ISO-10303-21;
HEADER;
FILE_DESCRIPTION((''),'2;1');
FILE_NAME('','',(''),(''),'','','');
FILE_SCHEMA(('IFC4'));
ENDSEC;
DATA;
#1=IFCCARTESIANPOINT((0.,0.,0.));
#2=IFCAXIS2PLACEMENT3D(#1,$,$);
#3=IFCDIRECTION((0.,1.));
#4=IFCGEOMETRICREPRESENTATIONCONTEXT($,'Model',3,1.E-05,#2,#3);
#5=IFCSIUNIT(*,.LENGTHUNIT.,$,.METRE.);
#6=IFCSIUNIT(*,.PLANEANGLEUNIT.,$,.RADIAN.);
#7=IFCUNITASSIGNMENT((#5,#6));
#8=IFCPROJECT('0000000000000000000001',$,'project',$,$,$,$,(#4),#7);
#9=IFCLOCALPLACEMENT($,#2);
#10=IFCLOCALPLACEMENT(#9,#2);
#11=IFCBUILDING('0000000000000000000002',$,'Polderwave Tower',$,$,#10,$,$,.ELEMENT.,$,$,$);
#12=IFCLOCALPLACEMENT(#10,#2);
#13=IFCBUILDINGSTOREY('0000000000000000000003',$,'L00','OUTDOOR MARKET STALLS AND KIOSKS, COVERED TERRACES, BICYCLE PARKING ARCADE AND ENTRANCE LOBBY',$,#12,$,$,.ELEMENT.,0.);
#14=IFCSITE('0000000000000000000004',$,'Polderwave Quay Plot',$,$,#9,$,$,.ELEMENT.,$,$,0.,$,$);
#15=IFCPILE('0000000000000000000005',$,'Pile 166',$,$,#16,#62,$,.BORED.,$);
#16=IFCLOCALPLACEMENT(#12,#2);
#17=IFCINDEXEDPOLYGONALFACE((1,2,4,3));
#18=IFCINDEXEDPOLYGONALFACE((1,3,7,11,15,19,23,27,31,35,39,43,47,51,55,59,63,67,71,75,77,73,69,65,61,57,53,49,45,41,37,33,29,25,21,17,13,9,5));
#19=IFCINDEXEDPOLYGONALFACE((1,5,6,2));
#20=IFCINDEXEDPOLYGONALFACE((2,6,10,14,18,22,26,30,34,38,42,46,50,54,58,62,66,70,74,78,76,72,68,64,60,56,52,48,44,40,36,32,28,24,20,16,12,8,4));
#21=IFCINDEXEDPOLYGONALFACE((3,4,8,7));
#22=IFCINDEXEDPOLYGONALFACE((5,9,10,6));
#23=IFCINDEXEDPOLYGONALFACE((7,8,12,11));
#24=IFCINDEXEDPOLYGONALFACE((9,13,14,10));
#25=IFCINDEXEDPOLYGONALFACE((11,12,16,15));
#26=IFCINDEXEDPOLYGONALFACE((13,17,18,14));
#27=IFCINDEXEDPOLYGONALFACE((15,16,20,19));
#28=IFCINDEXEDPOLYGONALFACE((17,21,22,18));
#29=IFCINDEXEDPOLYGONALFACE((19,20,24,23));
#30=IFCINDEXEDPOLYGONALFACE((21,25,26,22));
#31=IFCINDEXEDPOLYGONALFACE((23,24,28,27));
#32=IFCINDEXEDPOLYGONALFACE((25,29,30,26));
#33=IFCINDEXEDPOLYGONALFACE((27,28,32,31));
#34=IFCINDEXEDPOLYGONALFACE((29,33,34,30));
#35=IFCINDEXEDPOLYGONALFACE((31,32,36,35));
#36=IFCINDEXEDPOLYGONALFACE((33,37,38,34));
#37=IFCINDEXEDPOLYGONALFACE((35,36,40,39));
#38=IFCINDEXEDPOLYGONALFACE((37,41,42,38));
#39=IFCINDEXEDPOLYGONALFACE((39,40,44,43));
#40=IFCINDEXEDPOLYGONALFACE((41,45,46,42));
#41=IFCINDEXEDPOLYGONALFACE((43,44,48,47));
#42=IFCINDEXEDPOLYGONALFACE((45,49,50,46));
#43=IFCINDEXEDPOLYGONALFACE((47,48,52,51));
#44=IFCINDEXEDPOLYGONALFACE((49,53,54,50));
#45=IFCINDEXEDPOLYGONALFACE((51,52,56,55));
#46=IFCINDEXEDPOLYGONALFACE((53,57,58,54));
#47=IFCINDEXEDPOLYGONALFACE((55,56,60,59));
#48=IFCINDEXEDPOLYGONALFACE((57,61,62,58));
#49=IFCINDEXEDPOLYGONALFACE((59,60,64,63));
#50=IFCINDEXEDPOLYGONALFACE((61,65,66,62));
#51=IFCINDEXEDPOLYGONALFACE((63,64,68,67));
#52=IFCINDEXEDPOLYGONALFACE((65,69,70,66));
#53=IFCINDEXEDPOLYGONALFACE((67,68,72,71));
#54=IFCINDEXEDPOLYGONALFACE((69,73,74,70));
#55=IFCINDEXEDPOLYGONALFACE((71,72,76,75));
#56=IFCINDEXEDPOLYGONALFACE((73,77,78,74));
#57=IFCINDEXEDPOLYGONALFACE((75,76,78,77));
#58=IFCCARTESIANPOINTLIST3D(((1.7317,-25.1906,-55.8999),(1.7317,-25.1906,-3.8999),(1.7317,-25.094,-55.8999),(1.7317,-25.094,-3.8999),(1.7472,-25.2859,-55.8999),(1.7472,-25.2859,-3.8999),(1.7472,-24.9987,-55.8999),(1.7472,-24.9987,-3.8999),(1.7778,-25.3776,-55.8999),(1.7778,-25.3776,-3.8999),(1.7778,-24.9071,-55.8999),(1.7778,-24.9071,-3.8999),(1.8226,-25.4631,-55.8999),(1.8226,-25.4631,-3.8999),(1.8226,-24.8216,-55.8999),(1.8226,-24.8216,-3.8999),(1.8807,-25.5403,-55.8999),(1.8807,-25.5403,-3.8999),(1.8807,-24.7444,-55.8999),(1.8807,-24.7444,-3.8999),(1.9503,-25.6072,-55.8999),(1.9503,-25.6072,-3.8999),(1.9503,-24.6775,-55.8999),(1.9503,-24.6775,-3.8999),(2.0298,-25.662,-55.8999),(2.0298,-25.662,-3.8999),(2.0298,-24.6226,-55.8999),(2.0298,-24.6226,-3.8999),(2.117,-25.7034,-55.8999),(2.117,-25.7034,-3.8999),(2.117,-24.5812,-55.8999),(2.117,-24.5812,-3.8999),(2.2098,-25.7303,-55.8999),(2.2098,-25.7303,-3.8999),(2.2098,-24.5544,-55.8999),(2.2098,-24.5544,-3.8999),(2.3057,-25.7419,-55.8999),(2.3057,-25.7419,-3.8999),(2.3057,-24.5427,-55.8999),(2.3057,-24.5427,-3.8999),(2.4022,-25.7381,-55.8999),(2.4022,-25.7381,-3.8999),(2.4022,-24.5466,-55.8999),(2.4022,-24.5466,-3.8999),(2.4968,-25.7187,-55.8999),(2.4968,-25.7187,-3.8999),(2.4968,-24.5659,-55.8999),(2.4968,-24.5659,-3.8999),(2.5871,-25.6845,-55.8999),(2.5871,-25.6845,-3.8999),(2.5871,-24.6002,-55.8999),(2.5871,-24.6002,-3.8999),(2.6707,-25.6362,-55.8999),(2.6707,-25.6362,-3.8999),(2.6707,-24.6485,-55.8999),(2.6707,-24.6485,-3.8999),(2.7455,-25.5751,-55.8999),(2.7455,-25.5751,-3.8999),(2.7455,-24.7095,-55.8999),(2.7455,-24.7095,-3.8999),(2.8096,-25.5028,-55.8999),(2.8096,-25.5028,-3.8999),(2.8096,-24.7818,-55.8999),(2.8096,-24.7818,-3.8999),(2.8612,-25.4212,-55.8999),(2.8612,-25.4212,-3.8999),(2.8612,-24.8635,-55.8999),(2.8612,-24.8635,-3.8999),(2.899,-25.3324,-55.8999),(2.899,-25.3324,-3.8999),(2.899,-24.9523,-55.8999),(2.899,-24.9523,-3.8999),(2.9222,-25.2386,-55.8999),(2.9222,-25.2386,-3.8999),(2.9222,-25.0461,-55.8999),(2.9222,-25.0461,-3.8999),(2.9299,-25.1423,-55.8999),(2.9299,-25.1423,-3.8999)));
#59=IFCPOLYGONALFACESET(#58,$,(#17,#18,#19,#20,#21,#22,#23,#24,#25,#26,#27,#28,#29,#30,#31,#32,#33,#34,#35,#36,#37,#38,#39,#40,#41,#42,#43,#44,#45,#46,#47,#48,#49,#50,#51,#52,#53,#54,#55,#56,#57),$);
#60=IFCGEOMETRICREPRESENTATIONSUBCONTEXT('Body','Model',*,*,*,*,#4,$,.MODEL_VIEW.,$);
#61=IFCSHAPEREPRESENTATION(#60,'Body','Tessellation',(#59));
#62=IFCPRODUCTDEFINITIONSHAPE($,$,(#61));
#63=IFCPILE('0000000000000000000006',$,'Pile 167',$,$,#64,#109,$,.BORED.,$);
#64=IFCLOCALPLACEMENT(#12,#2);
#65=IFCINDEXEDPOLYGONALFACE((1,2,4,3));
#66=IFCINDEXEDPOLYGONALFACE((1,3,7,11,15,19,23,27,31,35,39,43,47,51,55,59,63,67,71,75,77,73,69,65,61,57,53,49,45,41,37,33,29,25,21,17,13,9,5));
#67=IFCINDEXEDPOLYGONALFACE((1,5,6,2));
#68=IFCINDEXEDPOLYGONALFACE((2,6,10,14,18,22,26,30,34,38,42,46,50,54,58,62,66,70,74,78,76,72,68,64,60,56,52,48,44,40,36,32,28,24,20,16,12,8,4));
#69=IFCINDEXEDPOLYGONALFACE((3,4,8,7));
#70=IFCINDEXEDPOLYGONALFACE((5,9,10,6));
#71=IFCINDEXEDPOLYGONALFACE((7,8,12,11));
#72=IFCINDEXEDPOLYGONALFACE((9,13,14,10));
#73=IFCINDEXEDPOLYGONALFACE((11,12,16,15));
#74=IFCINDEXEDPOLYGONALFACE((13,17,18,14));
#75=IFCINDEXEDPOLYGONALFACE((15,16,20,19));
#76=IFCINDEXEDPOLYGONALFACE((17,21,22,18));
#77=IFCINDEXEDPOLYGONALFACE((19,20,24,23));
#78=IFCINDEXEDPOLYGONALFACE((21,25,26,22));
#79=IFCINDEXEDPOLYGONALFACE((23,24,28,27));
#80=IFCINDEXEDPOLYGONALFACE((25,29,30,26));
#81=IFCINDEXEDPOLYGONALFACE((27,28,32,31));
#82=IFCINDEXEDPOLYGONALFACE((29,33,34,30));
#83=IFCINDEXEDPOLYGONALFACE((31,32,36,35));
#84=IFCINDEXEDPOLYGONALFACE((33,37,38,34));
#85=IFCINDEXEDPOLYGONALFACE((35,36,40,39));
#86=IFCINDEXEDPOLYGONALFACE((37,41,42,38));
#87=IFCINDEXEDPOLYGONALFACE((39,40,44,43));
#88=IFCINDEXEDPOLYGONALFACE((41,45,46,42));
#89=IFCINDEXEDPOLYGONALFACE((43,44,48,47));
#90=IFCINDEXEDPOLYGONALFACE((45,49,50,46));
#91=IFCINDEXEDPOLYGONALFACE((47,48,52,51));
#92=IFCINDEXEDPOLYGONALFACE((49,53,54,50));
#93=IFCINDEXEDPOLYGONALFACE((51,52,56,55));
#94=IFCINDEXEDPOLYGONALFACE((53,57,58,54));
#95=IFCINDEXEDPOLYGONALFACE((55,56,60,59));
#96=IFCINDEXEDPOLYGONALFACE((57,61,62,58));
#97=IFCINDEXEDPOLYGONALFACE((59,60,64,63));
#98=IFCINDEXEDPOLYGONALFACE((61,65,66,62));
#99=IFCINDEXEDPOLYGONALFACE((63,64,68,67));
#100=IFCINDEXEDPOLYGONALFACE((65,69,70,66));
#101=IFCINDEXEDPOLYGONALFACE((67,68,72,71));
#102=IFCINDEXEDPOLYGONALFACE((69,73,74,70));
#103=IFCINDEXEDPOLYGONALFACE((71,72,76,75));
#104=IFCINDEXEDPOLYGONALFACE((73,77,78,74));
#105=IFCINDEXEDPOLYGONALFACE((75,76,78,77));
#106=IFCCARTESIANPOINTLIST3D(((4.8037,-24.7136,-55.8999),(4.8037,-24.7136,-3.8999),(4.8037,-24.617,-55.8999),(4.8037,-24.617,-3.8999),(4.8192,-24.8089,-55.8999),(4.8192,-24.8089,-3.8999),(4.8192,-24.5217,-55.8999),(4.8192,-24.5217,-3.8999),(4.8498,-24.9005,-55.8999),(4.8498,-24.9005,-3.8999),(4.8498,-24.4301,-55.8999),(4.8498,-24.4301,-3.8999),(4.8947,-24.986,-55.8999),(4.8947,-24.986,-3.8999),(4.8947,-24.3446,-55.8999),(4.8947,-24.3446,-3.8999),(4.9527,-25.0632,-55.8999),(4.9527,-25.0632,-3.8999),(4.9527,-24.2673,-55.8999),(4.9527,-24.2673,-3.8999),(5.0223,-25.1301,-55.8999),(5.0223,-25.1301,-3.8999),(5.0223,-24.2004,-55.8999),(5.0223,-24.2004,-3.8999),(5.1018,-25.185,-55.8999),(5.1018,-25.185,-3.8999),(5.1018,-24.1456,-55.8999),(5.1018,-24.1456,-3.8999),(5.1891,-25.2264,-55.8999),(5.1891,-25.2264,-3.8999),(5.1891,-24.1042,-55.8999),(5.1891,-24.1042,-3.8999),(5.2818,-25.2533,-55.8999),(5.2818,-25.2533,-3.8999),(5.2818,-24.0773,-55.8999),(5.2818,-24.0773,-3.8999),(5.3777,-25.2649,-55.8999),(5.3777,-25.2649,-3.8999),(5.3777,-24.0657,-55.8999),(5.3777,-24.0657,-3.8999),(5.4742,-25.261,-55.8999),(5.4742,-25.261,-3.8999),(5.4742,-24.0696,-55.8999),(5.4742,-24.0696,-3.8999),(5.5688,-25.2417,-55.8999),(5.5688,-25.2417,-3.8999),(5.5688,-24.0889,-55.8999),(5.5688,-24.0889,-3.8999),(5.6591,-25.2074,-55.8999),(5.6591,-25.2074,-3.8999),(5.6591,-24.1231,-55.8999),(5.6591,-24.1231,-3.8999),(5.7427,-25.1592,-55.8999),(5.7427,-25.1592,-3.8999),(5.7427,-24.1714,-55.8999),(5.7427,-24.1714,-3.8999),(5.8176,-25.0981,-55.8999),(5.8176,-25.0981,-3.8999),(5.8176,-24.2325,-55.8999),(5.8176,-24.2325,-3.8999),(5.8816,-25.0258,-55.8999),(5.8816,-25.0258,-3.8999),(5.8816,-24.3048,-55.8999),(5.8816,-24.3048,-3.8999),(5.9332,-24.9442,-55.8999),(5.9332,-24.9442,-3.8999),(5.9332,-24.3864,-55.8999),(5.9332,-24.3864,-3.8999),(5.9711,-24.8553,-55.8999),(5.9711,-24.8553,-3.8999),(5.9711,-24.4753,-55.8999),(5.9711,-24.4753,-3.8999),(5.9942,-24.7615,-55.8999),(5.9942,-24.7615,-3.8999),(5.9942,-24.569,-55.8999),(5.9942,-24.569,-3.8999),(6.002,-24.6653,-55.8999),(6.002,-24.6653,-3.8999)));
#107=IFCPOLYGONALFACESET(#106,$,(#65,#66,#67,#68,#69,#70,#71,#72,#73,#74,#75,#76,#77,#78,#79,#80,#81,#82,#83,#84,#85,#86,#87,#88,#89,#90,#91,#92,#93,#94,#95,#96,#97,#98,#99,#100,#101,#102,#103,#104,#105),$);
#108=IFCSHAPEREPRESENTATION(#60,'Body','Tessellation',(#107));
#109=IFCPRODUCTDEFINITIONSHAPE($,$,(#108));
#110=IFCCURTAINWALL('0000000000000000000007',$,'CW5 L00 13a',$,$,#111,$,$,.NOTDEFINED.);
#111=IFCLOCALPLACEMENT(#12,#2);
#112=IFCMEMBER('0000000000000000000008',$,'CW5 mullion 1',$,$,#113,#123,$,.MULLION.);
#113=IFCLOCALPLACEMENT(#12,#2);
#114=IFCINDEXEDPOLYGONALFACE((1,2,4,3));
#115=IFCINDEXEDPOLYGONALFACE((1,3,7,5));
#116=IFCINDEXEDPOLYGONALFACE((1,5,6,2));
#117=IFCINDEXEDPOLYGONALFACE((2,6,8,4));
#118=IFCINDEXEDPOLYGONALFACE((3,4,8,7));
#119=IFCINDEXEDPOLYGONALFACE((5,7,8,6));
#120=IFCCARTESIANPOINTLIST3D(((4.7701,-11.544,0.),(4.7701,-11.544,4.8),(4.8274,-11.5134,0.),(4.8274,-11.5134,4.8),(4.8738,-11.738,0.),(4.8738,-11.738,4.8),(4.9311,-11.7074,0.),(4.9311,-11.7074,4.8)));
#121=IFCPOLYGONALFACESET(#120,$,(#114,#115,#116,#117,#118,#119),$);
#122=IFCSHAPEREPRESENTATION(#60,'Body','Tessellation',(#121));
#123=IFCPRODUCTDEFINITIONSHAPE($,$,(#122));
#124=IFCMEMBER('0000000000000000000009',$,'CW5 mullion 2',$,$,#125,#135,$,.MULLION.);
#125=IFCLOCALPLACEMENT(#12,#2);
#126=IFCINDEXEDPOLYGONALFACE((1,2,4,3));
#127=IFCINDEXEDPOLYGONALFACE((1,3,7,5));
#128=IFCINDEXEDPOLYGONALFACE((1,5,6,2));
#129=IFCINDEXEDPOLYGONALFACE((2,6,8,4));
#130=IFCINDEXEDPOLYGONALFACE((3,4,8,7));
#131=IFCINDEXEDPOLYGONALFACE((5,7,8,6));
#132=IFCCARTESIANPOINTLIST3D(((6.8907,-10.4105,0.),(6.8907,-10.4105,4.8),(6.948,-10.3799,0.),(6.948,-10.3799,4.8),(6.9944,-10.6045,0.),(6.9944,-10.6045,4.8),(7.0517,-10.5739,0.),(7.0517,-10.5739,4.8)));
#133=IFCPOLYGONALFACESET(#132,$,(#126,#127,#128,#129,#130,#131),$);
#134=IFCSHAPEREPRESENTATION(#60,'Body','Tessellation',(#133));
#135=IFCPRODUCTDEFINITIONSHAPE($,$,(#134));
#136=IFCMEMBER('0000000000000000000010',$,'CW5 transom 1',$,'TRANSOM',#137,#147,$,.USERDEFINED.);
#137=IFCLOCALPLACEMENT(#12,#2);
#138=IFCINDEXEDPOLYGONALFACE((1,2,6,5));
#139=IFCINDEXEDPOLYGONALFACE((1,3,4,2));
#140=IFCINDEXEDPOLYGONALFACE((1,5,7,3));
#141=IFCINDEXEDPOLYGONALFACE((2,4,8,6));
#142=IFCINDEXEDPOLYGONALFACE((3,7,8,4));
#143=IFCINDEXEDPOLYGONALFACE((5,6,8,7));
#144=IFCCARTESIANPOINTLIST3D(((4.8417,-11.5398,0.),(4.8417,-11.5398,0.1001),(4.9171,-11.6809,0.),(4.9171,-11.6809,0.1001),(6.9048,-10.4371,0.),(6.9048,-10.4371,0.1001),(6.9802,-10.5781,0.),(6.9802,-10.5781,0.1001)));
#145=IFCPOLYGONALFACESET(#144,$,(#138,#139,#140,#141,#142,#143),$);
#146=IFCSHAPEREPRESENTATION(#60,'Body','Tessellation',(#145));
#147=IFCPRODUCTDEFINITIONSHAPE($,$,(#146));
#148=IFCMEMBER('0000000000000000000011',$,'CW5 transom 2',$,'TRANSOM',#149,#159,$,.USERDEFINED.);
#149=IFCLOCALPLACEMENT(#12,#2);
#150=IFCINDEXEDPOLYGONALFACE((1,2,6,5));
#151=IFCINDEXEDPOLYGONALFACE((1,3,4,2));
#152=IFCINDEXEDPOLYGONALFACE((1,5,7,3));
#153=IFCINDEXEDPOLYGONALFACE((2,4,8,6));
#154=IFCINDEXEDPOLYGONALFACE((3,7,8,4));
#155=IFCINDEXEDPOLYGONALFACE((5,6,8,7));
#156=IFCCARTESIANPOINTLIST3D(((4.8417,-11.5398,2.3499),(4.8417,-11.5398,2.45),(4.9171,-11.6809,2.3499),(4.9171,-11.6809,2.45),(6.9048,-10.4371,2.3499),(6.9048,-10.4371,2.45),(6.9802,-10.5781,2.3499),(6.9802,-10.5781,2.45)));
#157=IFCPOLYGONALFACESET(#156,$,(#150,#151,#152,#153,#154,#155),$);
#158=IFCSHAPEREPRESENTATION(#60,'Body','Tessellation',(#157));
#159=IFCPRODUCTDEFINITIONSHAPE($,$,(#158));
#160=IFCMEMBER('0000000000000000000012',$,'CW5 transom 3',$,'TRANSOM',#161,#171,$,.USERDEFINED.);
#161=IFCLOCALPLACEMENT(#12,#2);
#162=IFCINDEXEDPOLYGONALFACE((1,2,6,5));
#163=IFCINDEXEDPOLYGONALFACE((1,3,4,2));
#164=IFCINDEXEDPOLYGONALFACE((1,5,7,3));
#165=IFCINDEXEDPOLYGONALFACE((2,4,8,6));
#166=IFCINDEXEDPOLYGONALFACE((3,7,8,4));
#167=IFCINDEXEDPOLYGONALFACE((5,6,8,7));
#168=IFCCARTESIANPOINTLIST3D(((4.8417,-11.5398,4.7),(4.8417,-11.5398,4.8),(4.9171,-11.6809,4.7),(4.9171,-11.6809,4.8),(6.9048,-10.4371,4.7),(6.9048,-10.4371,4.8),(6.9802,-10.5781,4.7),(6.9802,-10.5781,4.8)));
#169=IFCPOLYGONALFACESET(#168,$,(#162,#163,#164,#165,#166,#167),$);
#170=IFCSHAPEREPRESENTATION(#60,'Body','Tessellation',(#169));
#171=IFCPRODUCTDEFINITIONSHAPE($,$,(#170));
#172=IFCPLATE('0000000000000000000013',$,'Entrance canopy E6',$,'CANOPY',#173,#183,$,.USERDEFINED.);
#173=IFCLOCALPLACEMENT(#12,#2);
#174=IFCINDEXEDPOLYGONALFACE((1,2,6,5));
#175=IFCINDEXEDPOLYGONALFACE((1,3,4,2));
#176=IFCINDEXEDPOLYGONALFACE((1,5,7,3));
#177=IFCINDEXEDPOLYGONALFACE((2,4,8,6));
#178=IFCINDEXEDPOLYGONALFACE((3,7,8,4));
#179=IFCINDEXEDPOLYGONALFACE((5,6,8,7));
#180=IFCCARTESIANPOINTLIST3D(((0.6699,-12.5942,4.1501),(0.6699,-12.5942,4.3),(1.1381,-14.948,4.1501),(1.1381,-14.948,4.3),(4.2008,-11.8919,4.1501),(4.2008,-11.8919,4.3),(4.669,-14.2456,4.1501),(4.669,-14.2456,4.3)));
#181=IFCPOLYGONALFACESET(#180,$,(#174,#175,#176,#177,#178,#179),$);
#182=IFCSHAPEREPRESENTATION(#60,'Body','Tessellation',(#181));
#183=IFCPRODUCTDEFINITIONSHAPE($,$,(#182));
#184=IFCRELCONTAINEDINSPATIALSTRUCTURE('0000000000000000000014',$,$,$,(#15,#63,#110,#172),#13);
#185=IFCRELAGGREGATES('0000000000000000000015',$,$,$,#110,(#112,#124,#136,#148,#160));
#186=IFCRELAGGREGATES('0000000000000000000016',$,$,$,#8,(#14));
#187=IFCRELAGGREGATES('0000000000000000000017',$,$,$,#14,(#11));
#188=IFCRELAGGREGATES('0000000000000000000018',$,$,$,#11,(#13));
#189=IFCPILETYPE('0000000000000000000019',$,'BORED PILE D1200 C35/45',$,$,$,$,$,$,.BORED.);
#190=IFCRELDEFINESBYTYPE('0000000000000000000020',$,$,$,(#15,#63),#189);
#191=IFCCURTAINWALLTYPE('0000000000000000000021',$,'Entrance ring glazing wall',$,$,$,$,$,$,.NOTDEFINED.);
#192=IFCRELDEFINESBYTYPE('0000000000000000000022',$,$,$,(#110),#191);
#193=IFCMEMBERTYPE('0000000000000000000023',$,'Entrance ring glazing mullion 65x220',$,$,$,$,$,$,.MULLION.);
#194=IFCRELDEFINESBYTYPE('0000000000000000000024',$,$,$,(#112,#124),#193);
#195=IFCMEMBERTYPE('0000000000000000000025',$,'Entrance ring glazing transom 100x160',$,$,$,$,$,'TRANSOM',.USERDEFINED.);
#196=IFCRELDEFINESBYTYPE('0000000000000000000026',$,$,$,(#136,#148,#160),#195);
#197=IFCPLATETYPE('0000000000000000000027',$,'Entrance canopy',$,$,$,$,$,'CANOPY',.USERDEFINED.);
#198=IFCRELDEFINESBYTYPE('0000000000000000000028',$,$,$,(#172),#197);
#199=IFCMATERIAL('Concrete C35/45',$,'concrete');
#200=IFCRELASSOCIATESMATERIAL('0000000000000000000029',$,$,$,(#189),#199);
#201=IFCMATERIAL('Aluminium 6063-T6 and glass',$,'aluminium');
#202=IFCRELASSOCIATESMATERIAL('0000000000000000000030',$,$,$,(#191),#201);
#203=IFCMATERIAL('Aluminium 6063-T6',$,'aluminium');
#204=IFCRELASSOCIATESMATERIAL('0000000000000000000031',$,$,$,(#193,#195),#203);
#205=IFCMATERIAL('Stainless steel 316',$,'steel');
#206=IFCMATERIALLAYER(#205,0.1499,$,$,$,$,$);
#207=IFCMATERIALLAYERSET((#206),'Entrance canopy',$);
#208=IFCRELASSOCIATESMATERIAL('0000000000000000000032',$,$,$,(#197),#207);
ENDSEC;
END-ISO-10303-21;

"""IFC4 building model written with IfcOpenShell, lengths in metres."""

from ifc_helpers import new_model, si_unit, direction, frame, origin, origin_2d, place, context, subcontext, project, spatial, rectangle, circle, extrude, material, layer, layer_set, material_profile, profile_set, type_object, element, aggregate, save


model = new_model("IFC4")

# Units and contexts
model_context = context("Model", 3, precision=1e-05, world=origin(), true_north=direction((0.0, 1.0)))
body_context = subcontext(model_context, "Body", "Model", "MODEL_VIEW")
ifc_project = project(units=[si_unit("LENGTHUNIT", "METRE"), si_unit("PLANEANGLEUNIT", "RADIAN")], contexts=[model_context])

# Site, building, storey
site_placement = place(None, origin())
site = spatial("IfcSite", under=ifc_project, at=site_placement, Name="Polderwave Quay Plot", CompositionType="ELEMENT", RefElevation=0.0)
building_placement = place(site_placement, origin())
building = spatial("IfcBuilding", under=site, at=building_placement, Name="Polderwave Tower", CompositionType="ELEMENT")
storey_placement = place(building_placement, origin())
storey = spatial("IfcBuildingStorey", under=building, at=storey_placement, Name="L00", Description="OUTDOOR MARKET STALLS AND KIOSKS, COVERED TERRACES, BICYCLE PARKING ARCADE AND ENTRANCE LOBBY", CompositionType="ELEMENT", Elevation=0.0)

# Piles
ifc_material_1 = material(Name="Concrete C35/45", Category="concrete")
ifc_material_profile_1 = material_profile(ifc_material_1, circle(Radius=0.6001, at=origin_2d()), Name="BORED D1200")
ifc_profile_set_1 = profile_set([ifc_material_profile_1], Name="Concrete C35/45")
pile_type = type_object("IfcPileType", Name="BORED PILE D1200 C35/45", PredefinedType="BORED", material=ifc_profile_set_1)
for number, where, z_axis, x_axis, name in (
    (1, (2.3298, -25.1423, -3.8999), (0.0, 0.0, -1.0), (1.0, 0.0, 0.0), "Pile 166"),
    (2, (5.4019, -24.6653, -3.8999), (0.0, 0.0, -1.0), (1.0, 0.0, 0.0), "Pile 167"),
):
    element("IfcPile", number, at=place(storey_placement, frame(where, z_axis=z_axis, x_axis=x_axis)), inside=storey, type_object=pile_type, Name=name, PredefinedType="BORED", context=body_context, shape_type="SweptSolid", body=[
        extrude(circle(Radius=0.6001, at=origin_2d()), origin(), (0.0, 0.0, 1.0), 52.0),
    ])

# Curtain wall, members
ifc_material_2 = material(Name="Aluminium 6063-T6 and glass", Category="aluminium")
curtain_wall_type = type_object("IfcCurtainWallType", Name="Entrance ring glazing wall", PredefinedType="NOTDEFINED", material=ifc_material_2)
curtain_wall_placement = place(storey_placement, origin())
curtain_wall = element("IfcCurtainWall", 3, at=curtain_wall_placement, inside=storey, type_object=curtain_wall_type, Name="CW5 L00 13a", PredefinedType="NOTDEFINED")
ifc_material_3 = material(Name="Aluminium 6063-T6", Category="aluminium")
ifc_material_profile_2 = material_profile(ifc_material_3, rectangle(XDim=0.22, YDim=0.0649, at=origin_2d()), Name="AL 65x220")
ifc_profile_set_2 = profile_set([ifc_material_profile_2], Name="Aluminium 6063-T6")
member_type_1 = type_object("IfcMemberType", Name="Entrance ring glazing mullion 65x220", PredefinedType="MULLION", material=ifc_profile_set_2)
member_1_placement = place(storey_placement, frame((4.8506, -11.6257, 0.0), z_axis=(0.0, 0.0, 1.0), x_axis=(-0.471344, 0.881949, 0.0)))
member_1 = element("IfcMember", 4, at=member_1_placement, type_object=member_type_1, Name="CW5 mullion 1", PredefinedType="MULLION", context=body_context, shape_type="SweptSolid", body=[
    extrude(rectangle(XDim=0.22, YDim=0.0649, at=origin_2d()), origin(), (0.0, 0.0, 1.0), 4.8),
])
member_2_placement = place(storey_placement, frame((6.9712, -10.4922, 0.0), z_axis=(0.0, 0.0, 1.0), x_axis=(-0.471344, 0.881949, 0.0)))
member_2 = element("IfcMember", 5, at=member_2_placement, type_object=member_type_1, Name="CW5 mullion 2", PredefinedType="MULLION", context=body_context, shape_type="SweptSolid", body=[
    extrude(rectangle(XDim=0.22, YDim=0.0649, at=origin_2d()), origin(), (0.0, 0.0, 1.0), 4.8),
])
ifc_material_profile_3 = material_profile(ifc_material_3, rectangle(XDim=0.1599, YDim=0.1001, at=origin_2d()), Name="AL 100x160")
ifc_profile_set_3 = profile_set([ifc_material_profile_3], Name="Aluminium 6063-T6")
member_type_2 = type_object("IfcMemberType", Name="Entrance ring glazing transom 100x160", ElementType="TRANSOM", PredefinedType="USERDEFINED", material=ifc_profile_set_3)
member_3_placement = place(storey_placement, frame((4.8794, -11.6104, 0.05), z_axis=(0.881928, 0.471384, 0.0), x_axis=(-0.471384, 0.881928, 0.0)))
member_3 = element("IfcMember", 6, at=member_3_placement, type_object=member_type_2, Name="CW5 transom 1", ObjectType="TRANSOM", PredefinedType="USERDEFINED", context=body_context, shape_type="SweptSolid", body=[
    extrude(rectangle(XDim=0.1599, YDim=0.1001, at=origin_2d()), origin(), (0.0, 0.0, 1.0), 2.3394),
])
member_4_placement = place(storey_placement, frame((4.8794, -11.6104, 2.3999), z_axis=(0.881928, 0.471384, 0.0), x_axis=(-0.471384, 0.881928, 0.0)))
member_4 = element("IfcMember", 7, at=member_4_placement, type_object=member_type_2, Name="CW5 transom 2", ObjectType="TRANSOM", PredefinedType="USERDEFINED", context=body_context, shape_type="SweptSolid", body=[
    extrude(rectangle(XDim=0.1599, YDim=0.1001, at=origin_2d()), origin(), (0.0, 0.0, 1.0), 2.3394),
])
member_5_placement = place(storey_placement, frame((4.8794, -11.6104, 4.75), z_axis=(0.881928, 0.471384, 0.0), x_axis=(-0.471384, 0.881928, 0.0)))
member_5 = element("IfcMember", 8, at=member_5_placement, type_object=member_type_2, Name="CW5 transom 3", ObjectType="TRANSOM", PredefinedType="USERDEFINED", context=body_context, shape_type="SweptSolid", body=[
    extrude(rectangle(XDim=0.1599, YDim=0.1001, at=origin_2d()), origin(), (0.0, 0.0, 1.0), 2.3394),
])

# Plate
ifc_material_4 = material(Name="Stainless steel 316", Category="steel")
ifc_layer_1 = layer(ifc_material_4, 0.1499)
ifc_layer_set_1 = layer_set([ifc_layer_1], Name="Entrance canopy")
plate_type_1 = type_object("IfcPlateType", Name="Entrance canopy", ElementType="CANOPY", PredefinedType="USERDEFINED", material=ifc_layer_set_1)
plate_1_placement = place(storey_placement, frame((2.6694, -13.4199, 4.1501), z_axis=(0.0, 0.0, 1.0), x_axis=(0.980785, 0.19509, 0.0)))
element("IfcPlate", 9, at=plate_1_placement, inside=storey, type_object=plate_type_1, Name="Entrance canopy E6", ObjectType="CANOPY", PredefinedType="USERDEFINED", context=body_context, shape_type="SweptSolid", body=[
    extrude(rectangle(XDim=3.6001, YDim=2.3999, at=origin_2d()), origin(), (0.0, 0.0, 1.0), 0.1499),
])
aggregate(curtain_wall, [member_1, member_2, member_3, member_4, member_5])

save(model, "model.ifc")
